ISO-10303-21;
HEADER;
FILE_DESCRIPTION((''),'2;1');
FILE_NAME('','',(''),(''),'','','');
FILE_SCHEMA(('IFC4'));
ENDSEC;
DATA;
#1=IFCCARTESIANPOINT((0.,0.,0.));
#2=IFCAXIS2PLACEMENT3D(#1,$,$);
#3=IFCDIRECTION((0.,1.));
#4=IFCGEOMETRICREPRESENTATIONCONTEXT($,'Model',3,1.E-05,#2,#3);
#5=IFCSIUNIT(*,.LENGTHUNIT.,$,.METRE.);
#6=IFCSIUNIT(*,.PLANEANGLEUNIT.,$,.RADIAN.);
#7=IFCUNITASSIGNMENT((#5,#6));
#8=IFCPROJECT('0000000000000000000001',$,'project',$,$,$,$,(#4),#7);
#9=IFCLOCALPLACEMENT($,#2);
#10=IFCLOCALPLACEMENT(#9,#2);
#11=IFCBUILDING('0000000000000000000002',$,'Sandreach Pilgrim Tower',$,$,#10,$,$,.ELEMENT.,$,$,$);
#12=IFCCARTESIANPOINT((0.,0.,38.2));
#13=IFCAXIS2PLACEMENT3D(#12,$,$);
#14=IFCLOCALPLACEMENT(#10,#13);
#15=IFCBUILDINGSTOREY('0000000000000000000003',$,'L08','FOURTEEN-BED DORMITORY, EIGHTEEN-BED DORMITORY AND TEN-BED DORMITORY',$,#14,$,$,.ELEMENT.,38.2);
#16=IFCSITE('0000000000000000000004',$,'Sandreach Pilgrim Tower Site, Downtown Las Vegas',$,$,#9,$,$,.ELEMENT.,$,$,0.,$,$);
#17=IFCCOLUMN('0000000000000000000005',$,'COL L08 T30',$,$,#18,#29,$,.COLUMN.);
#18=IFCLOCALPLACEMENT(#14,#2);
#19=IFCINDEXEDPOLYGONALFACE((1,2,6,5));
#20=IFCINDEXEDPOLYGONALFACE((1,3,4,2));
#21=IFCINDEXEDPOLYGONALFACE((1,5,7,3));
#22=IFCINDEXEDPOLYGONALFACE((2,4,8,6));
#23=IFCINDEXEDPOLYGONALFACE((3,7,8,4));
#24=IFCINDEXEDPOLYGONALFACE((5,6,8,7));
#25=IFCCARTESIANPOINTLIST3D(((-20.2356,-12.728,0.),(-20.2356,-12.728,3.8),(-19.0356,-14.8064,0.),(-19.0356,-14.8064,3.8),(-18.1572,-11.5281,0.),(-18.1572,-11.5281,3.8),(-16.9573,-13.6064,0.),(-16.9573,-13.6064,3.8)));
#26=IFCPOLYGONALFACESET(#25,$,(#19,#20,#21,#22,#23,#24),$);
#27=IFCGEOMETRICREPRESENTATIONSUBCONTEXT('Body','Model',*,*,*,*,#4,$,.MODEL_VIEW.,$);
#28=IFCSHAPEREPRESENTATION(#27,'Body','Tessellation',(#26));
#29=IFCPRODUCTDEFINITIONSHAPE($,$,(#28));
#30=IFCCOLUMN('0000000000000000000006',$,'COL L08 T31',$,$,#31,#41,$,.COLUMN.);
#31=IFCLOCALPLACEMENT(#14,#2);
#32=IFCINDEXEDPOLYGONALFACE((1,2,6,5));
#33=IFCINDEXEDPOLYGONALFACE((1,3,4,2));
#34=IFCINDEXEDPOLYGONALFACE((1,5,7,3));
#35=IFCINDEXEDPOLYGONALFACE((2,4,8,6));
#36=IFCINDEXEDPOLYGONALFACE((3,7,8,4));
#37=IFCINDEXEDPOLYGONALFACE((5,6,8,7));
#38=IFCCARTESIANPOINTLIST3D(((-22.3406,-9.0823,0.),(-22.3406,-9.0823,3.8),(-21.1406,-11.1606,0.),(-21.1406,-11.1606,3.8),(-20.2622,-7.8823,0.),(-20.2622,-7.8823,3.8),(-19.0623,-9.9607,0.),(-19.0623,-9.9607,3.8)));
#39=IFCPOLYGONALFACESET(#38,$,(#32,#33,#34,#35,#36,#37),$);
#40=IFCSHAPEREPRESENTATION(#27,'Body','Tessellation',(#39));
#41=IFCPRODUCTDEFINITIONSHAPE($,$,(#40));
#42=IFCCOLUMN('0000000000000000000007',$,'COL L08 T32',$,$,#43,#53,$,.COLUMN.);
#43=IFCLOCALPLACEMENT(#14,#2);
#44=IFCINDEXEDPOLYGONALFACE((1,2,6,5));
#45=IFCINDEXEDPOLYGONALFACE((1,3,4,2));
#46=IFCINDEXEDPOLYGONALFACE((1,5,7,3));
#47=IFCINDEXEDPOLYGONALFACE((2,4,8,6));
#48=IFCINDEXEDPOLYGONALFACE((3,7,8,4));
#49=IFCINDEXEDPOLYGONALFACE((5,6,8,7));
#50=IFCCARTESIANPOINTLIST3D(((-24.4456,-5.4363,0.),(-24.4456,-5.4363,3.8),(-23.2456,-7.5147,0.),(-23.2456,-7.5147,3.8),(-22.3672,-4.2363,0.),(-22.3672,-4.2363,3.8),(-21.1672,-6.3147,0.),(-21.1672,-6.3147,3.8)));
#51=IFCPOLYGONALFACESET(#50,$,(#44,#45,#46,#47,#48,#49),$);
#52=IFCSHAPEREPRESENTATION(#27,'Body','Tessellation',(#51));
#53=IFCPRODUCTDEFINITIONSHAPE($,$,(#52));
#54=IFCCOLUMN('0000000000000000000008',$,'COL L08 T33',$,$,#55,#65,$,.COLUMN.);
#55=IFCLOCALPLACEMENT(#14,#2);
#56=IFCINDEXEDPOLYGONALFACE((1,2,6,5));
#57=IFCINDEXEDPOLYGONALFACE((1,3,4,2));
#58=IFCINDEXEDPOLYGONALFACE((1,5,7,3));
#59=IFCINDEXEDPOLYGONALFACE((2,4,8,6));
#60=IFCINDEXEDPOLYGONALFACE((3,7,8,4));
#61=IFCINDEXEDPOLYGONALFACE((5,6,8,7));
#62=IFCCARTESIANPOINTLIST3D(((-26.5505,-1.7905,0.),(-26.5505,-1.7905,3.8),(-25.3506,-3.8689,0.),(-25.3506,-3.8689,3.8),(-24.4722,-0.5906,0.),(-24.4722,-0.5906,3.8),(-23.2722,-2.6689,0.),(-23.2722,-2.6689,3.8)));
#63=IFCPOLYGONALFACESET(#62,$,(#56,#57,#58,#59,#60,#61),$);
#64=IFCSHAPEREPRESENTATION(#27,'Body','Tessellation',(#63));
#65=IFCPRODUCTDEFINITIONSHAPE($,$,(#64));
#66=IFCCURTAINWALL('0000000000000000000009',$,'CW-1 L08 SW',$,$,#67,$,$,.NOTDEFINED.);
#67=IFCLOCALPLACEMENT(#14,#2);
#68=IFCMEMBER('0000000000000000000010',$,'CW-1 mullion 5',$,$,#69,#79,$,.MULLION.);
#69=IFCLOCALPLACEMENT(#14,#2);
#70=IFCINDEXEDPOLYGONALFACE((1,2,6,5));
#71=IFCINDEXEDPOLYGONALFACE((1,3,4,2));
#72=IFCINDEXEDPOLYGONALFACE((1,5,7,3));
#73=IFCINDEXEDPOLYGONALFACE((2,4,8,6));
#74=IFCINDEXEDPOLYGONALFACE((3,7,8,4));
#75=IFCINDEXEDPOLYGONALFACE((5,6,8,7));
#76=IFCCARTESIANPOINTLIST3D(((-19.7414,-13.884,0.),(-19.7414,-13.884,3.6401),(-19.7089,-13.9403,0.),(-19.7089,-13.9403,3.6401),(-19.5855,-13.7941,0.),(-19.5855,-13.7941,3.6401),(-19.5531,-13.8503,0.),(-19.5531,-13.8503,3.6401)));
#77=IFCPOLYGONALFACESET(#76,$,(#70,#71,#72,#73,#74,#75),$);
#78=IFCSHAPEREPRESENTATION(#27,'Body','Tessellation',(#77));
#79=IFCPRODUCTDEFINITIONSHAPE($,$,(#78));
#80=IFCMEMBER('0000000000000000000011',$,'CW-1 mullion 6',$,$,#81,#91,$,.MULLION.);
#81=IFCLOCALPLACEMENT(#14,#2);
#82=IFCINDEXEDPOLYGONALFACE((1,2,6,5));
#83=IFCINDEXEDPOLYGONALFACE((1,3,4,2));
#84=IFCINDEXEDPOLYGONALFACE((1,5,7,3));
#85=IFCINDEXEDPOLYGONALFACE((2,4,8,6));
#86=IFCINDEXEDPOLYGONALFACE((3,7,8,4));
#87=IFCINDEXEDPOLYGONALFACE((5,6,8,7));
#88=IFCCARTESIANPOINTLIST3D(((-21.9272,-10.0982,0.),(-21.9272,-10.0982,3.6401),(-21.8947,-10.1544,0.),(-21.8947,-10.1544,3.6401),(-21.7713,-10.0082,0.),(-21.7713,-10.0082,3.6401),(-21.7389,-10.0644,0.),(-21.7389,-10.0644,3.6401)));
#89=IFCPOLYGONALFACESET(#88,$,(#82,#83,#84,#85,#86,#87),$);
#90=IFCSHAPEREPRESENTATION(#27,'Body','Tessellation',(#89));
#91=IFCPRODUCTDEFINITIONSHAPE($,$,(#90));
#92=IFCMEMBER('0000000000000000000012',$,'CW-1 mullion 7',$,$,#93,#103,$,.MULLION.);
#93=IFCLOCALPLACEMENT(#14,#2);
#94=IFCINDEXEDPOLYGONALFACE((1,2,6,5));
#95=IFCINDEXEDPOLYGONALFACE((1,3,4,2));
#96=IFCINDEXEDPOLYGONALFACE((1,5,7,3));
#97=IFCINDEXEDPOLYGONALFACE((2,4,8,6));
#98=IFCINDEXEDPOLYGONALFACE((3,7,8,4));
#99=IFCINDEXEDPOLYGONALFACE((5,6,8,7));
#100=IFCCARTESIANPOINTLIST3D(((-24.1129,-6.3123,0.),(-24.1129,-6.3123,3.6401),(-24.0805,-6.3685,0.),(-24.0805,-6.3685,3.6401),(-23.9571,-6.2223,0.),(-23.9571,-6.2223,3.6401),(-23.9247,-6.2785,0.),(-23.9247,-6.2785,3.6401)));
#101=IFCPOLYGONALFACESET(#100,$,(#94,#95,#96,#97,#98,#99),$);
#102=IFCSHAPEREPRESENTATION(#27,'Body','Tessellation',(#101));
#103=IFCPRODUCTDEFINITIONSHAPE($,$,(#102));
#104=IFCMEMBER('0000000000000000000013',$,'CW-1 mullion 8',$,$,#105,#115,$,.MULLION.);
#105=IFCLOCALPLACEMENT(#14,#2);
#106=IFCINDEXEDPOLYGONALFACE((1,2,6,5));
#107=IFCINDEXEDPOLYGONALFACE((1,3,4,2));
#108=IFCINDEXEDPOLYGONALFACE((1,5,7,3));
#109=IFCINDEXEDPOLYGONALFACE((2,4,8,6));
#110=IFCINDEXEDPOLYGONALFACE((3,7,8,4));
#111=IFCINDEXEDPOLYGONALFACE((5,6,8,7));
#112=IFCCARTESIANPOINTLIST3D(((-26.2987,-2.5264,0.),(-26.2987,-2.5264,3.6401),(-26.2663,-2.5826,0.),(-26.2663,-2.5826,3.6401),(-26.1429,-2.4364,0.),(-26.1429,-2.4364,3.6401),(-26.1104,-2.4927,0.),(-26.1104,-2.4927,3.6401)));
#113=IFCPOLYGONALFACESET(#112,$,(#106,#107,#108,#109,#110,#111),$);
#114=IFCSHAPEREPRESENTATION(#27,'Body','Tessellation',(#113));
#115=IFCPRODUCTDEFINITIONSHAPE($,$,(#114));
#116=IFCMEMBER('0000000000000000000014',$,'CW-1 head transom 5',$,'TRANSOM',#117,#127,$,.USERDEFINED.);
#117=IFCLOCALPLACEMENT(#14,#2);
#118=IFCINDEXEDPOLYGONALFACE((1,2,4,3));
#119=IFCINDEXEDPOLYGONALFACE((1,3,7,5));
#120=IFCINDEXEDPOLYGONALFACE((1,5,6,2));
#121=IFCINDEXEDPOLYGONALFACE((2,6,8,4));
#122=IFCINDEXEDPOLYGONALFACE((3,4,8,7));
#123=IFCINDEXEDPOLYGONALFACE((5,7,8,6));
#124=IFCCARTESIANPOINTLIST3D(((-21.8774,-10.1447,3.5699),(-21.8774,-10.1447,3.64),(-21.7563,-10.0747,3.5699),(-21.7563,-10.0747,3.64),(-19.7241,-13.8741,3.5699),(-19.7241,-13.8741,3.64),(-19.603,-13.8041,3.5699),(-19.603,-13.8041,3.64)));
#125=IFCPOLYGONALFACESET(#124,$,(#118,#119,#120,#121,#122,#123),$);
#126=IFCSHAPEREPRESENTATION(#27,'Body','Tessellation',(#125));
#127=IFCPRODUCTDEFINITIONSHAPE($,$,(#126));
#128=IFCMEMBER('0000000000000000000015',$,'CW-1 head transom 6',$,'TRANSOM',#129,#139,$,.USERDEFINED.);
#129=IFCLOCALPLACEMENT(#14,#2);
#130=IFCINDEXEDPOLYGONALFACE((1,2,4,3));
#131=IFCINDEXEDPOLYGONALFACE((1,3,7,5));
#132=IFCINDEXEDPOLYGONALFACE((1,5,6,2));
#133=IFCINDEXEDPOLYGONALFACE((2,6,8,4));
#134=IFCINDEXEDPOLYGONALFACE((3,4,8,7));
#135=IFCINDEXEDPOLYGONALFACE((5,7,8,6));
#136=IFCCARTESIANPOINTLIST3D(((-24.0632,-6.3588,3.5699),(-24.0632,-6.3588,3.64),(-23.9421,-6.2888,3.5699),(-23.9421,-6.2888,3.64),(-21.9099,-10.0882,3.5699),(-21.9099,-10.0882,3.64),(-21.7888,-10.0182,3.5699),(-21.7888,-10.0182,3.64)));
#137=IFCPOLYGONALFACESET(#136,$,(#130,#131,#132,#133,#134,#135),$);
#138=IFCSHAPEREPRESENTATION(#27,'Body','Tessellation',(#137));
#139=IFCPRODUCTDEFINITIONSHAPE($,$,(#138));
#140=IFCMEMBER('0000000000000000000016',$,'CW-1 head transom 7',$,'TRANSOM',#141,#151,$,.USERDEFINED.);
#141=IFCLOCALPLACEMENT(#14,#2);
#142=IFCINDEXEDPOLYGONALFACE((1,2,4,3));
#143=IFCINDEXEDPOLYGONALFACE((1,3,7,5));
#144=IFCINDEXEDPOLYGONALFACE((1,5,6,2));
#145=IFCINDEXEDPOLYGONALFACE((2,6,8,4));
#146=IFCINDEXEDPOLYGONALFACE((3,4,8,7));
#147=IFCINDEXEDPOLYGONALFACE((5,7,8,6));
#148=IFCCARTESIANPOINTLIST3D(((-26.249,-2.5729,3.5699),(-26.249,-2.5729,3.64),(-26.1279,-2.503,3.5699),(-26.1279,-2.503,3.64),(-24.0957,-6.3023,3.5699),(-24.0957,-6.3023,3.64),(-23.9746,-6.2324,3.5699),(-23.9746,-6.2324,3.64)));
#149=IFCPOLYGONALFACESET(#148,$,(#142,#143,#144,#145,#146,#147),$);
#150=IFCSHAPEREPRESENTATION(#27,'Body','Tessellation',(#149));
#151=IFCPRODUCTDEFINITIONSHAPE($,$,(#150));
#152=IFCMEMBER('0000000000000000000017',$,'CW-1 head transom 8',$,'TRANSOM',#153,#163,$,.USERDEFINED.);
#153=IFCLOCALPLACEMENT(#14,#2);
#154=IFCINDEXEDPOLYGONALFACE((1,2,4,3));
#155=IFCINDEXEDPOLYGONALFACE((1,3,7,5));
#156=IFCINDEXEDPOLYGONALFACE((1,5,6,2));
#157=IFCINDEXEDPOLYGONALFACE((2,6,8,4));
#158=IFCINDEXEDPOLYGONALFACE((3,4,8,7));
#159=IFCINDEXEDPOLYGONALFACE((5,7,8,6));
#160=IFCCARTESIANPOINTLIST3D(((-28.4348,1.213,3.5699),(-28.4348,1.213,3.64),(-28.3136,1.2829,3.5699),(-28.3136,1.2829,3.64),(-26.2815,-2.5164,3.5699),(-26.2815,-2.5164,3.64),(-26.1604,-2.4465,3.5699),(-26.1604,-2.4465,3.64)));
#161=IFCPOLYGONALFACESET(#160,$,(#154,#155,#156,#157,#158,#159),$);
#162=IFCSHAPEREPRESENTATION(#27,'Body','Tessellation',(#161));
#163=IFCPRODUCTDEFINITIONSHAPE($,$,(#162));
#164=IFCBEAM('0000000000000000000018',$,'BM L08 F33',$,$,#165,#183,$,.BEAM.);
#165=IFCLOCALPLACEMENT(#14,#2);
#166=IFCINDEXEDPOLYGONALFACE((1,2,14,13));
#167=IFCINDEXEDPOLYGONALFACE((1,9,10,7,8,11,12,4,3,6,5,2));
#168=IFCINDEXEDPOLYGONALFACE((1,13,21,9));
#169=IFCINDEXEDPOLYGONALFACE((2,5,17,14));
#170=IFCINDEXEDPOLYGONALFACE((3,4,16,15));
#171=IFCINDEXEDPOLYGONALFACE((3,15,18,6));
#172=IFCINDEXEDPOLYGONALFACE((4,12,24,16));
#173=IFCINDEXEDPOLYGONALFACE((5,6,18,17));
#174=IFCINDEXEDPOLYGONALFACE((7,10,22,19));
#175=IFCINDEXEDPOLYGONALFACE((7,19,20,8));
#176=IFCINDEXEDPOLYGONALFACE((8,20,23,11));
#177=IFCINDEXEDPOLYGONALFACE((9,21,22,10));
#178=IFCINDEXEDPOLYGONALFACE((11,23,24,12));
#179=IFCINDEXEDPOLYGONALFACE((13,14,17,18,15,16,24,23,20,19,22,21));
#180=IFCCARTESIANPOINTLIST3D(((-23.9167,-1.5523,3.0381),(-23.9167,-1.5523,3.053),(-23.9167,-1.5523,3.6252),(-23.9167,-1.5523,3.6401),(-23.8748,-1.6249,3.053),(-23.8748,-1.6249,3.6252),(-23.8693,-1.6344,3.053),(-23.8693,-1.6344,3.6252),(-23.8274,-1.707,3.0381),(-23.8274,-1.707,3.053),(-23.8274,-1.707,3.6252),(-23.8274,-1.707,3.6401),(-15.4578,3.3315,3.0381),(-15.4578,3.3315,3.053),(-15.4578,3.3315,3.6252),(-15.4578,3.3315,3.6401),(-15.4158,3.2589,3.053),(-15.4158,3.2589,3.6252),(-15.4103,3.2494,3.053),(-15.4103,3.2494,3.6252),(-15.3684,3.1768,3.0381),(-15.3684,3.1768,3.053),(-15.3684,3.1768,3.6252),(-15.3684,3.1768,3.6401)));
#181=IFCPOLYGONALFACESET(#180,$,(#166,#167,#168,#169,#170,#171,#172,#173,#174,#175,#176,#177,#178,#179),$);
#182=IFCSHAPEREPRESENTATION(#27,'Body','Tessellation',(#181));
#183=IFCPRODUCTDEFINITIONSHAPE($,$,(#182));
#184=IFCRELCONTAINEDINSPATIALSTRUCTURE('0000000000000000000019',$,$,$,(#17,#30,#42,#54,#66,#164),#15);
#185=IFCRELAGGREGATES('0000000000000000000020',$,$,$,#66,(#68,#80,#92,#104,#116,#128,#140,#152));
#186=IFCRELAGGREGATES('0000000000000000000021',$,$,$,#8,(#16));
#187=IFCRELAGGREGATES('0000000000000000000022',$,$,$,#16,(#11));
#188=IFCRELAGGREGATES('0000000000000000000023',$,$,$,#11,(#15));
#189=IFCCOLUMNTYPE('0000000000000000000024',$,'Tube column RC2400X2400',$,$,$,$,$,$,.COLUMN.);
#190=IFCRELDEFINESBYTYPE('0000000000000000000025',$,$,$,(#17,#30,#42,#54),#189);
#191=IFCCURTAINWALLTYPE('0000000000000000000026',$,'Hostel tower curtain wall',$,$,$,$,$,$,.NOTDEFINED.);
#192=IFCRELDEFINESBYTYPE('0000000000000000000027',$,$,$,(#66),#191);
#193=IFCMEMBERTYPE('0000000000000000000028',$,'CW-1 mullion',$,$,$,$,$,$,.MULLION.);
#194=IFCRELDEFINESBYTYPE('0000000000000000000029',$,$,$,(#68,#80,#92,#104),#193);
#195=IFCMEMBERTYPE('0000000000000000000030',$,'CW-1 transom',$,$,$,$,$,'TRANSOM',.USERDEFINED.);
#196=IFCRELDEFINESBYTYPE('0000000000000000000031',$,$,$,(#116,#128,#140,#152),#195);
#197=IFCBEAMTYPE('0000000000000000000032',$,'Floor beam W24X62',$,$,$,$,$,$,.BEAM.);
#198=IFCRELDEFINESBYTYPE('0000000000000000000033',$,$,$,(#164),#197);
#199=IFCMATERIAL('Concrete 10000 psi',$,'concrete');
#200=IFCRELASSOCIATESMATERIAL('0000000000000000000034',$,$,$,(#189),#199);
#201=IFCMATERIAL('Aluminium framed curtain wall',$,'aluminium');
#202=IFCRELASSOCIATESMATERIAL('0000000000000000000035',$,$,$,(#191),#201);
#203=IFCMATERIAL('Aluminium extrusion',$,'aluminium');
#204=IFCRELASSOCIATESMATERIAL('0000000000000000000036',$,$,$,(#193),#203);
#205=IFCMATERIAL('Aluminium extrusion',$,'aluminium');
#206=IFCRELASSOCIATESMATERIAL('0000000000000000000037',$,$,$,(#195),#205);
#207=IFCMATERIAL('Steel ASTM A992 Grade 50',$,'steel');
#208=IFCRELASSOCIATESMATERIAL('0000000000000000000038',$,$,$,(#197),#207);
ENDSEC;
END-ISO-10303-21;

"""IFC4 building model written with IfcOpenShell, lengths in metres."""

from ifc_helpers import new_model, si_unit, direction, frame, origin, origin_2d, place, context, subcontext, project, spatial, rectangle, i_section, extrude, material, material_profile, profile_set, type_object, element, aggregate, save


model = new_model("IFC4")

# Units and contexts
model_context = context("Model", 3, precision=1e-05, world=origin(), true_north=direction((0.0, 1.0)))
body_context = subcontext(model_context, "Body", "Model", "MODEL_VIEW")
ifc_project = project(units=[si_unit("LENGTHUNIT", "METRE"), si_unit("PLANEANGLEUNIT", "RADIAN")], contexts=[model_context])

# Site, building, storey
site_placement = place(None, origin())
site = spatial("IfcSite", under=ifc_project, at=site_placement, Name="Sandreach Pilgrim Tower Site, Downtown Las Vegas", CompositionType="ELEMENT", RefElevation=0.0)
building_placement = place(site_placement, origin())
building = spatial("IfcBuilding", under=site, at=building_placement, Name="Sandreach Pilgrim Tower", CompositionType="ELEMENT")
storey_placement = place(building_placement, frame((0.0, 0.0, 38.2)))
storey = spatial("IfcBuildingStorey", under=building, at=storey_placement, Name="L08", Description="FOURTEEN-BED DORMITORY, EIGHTEEN-BED DORMITORY AND TEN-BED DORMITORY", CompositionType="ELEMENT", Elevation=38.2)

# Columns
ifc_material_1 = material(Name="Concrete 10000 psi", Category="concrete")
ifc_material_profile_1 = material_profile(ifc_material_1, rectangle(XDim=2.3999, YDim=2.3999, at=origin_2d()), Name="RC2400X2400")
ifc_profile_set_1 = profile_set([ifc_material_profile_1], Name="Concrete 10000 psi")
column_type = type_object("IfcColumnType", Name="Tube column RC2400X2400", PredefinedType="COLUMN", material=ifc_profile_set_1)
for number, where, z_axis, x_axis, name in (
    (1, (-18.5964, -13.1672, 0.0), (0.0, 0.0, 1.0), (-0.866025, -0.5, 0.0), "COL L08 T30"),
    (2, (-20.7014, -9.5215, 0.0), (0.0, 0.0, 1.0), (-0.866025, -0.5, 0.0), "COL L08 T31"),
    (3, (-22.8064, -5.8755, 0.0), (0.0, 0.0, 1.0), (-0.866025, -0.5, 0.0), "COL L08 T32"),
    (4, (-24.9114, -2.2297, 0.0), (0.0, 0.0, 1.0), (-0.866025, -0.5, 0.0), "COL L08 T33"),
):
    element("IfcColumn", number, at=place(storey_placement, frame(where, z_axis=z_axis, x_axis=x_axis)), inside=storey, type_object=column_type, Name=name, PredefinedType="COLUMN", context=body_context, shape_type="SweptSolid", body=[
        extrude(rectangle(XDim=2.3999, YDim=2.3999, at=origin_2d()), origin(), (0.0, 0.0, 1.0), 3.8),
    ])

# Curtain wall, members
ifc_material_2 = material(Name="Aluminium framed curtain wall", Category="aluminium")
curtain_wall_type = type_object("IfcCurtainWallType", Name="Hostel tower curtain wall", PredefinedType="NOTDEFINED", material=ifc_material_2)
curtain_wall_placement = place(storey_placement, origin())
curtain_wall = element("IfcCurtainWall", 5, at=curtain_wall_placement, inside=storey, type_object=curtain_wall_type, Name="CW-1 L08 SW", PredefinedType="NOTDEFINED")
ifc_material_3 = material(Name="Aluminium extrusion", Category="aluminium")
ifc_material_profile_2 = material_profile(ifc_material_3, rectangle(XDim=0.0649, YDim=0.1799, at=origin_2d()), Name="CW-1M 65X180")
ifc_profile_set_2 = profile_set([ifc_material_profile_2], Name="Aluminium extrusion")
member_type_1 = type_object("IfcMemberType", Name="CW-1 mullion", PredefinedType="MULLION", material=ifc_profile_set_2)
member_1_placement = place(storey_placement, frame((-19.6472, -13.8672, 0.0), z_axis=(0.0, 0.0, 1.0), x_axis=(-0.5, 0.866025, 0.0)))
member_1 = element("IfcMember", 6, at=member_1_placement, type_object=member_type_1, Name="CW-1 mullion 5", PredefinedType="MULLION", context=body_context, shape_type="SweptSolid", body=[
    extrude(rectangle(XDim=0.0649, YDim=0.1799, at=origin_2d()), origin(), (0.0, 0.0, 1.0), 3.6401),
])
member_2_placement = place(storey_placement, frame((-21.833, -10.0813, 0.0), z_axis=(0.0, 0.0, 1.0), x_axis=(-0.5, 0.866025, 0.0)))
member_2 = element("IfcMember", 7, at=member_2_placement, type_object=member_type_1, Name="CW-1 mullion 6", PredefinedType="MULLION", context=body_context, shape_type="SweptSolid", body=[
    extrude(rectangle(XDim=0.0649, YDim=0.1799, at=origin_2d()), origin(), (0.0, 0.0, 1.0), 3.6401),
])
member_3_placement = place(storey_placement, frame((-24.0188, -6.2954, 0.0), z_axis=(0.0, 0.0, 1.0), x_axis=(-0.5, 0.866025, 0.0)))
member_3 = element("IfcMember", 8, at=member_3_placement, type_object=member_type_1, Name="CW-1 mullion 7", PredefinedType="MULLION", context=body_context, shape_type="SweptSolid", body=[
    extrude(rectangle(XDim=0.0649, YDim=0.1799, at=origin_2d()), origin(), (0.0, 0.0, 1.0), 3.6401),
])
member_4_placement = place(storey_placement, frame((-26.2046, -2.5095, 0.0), z_axis=(0.0, 0.0, 1.0), x_axis=(-0.5, 0.866025, 0.0)))
member_4 = element("IfcMember", 9, at=member_4_placement, type_object=member_type_1, Name="CW-1 mullion 8", PredefinedType="MULLION", context=body_context, shape_type="SweptSolid", body=[
    extrude(rectangle(XDim=0.0649, YDim=0.1799, at=origin_2d()), origin(), (0.0, 0.0, 1.0), 3.6401),
])
ifc_material_4 = material(Name="Aluminium extrusion", Category="aluminium")
ifc_material_profile_3 = material_profile(ifc_material_4, rectangle(XDim=0.1399, YDim=0.0701, at=origin_2d()), Name="CW-1T 140X70")
ifc_profile_set_3 = profile_set([ifc_material_profile_3], Name="Aluminium extrusion")
member_type_2 = type_object("IfcMemberType", Name="CW-1 transom", ElementType="TRANSOM", PredefinedType="USERDEFINED", material=ifc_profile_set_3)
member_5_placement = place(storey_placement, frame((-19.6636, -13.8391, 3.605), z_axis=(-0.500017, 0.866016, 0.0), x_axis=(-0.866016, -0.500017, 0.0)))
member_5 = element("IfcMember", 10, at=member_5_placement, type_object=member_type_2, Name="CW-1 head transom 5", ObjectType="TRANSOM", PredefinedType="USERDEFINED", context=body_context, shape_type="SweptSolid", body=[
    extrude(rectangle(XDim=0.1399, YDim=0.0701, at=origin_2d()), origin(), (0.0, 0.0, 1.0), 4.3064),
])
member_6_placement = place(storey_placement, frame((-21.8494, -10.0532, 3.605), z_axis=(-0.500017, 0.866016, 0.0), x_axis=(-0.866016, -0.500017, 0.0)))
member_6 = element("IfcMember", 11, at=member_6_placement, type_object=member_type_2, Name="CW-1 head transom 6", ObjectType="TRANSOM", PredefinedType="USERDEFINED", context=body_context, shape_type="SweptSolid", body=[
    extrude(rectangle(XDim=0.1399, YDim=0.0701, at=origin_2d()), origin(), (0.0, 0.0, 1.0), 4.3064),
])
member_7_placement = place(storey_placement, frame((-24.0352, -6.2673, 3.605), z_axis=(-0.500017, 0.866016, 0.0), x_axis=(-0.866016, -0.500017, 0.0)))
member_7 = element("IfcMember", 12, at=member_7_placement, type_object=member_type_2, Name="CW-1 head transom 7", ObjectType="TRANSOM", PredefinedType="USERDEFINED", context=body_context, shape_type="SweptSolid", body=[
    extrude(rectangle(XDim=0.1399, YDim=0.0701, at=origin_2d()), origin(), (0.0, 0.0, 1.0), 4.3064),
])
member_8_placement = place(storey_placement, frame((-26.2209, -2.4814, 3.605), z_axis=(-0.500017, 0.866016, 0.0), x_axis=(-0.866016, -0.500017, 0.0)))
member_8 = element("IfcMember", 13, at=member_8_placement, type_object=member_type_2, Name="CW-1 head transom 8", ObjectType="TRANSOM", PredefinedType="USERDEFINED", context=body_context, shape_type="SweptSolid", body=[
    extrude(rectangle(XDim=0.1399, YDim=0.0701, at=origin_2d()), origin(), (0.0, 0.0, 1.0), 4.3064),
])

# Beam
ifc_material_5 = material(Name="Steel ASTM A992 Grade 50", Category="steel")
ifc_material_profile_4 = material_profile(ifc_material_5, i_section(OverallWidth=0.1787, OverallDepth=0.6021, WebThickness=0.011, FlangeThickness=0.0149, at=origin_2d()), Name="W24X62")
ifc_profile_set_4 = profile_set([ifc_material_profile_4], Name="Steel ASTM A992 Grade 50")
beam_type_1 = type_object("IfcBeamType", Name="Floor beam W24X62", PredefinedType="BEAM", material=ifc_profile_set_4)
beam_1_placement = place(storey_placement, frame((-23.8721, -1.6296, 3.3391), z_axis=(0.866026, 0.499999, 0.0), x_axis=(-0.499999, 0.866026, 0.0)))
element("IfcBeam", 14, at=beam_1_placement, inside=storey, type_object=beam_type_1, Name="BM L08 F33", PredefinedType="BEAM", context=body_context, shape_type="SweptSolid", body=[
    extrude(i_section(OverallWidth=0.1787, OverallDepth=0.6021, WebThickness=0.011, FlangeThickness=0.0149, at=origin_2d()), origin(), (0.0, 0.0, 1.0), 9.7676),
])

aggregate(curtain_wall, [member_1, member_2, member_3, member_4, member_5, member_6, member_7, member_8])

save(model, "model.ifc")
